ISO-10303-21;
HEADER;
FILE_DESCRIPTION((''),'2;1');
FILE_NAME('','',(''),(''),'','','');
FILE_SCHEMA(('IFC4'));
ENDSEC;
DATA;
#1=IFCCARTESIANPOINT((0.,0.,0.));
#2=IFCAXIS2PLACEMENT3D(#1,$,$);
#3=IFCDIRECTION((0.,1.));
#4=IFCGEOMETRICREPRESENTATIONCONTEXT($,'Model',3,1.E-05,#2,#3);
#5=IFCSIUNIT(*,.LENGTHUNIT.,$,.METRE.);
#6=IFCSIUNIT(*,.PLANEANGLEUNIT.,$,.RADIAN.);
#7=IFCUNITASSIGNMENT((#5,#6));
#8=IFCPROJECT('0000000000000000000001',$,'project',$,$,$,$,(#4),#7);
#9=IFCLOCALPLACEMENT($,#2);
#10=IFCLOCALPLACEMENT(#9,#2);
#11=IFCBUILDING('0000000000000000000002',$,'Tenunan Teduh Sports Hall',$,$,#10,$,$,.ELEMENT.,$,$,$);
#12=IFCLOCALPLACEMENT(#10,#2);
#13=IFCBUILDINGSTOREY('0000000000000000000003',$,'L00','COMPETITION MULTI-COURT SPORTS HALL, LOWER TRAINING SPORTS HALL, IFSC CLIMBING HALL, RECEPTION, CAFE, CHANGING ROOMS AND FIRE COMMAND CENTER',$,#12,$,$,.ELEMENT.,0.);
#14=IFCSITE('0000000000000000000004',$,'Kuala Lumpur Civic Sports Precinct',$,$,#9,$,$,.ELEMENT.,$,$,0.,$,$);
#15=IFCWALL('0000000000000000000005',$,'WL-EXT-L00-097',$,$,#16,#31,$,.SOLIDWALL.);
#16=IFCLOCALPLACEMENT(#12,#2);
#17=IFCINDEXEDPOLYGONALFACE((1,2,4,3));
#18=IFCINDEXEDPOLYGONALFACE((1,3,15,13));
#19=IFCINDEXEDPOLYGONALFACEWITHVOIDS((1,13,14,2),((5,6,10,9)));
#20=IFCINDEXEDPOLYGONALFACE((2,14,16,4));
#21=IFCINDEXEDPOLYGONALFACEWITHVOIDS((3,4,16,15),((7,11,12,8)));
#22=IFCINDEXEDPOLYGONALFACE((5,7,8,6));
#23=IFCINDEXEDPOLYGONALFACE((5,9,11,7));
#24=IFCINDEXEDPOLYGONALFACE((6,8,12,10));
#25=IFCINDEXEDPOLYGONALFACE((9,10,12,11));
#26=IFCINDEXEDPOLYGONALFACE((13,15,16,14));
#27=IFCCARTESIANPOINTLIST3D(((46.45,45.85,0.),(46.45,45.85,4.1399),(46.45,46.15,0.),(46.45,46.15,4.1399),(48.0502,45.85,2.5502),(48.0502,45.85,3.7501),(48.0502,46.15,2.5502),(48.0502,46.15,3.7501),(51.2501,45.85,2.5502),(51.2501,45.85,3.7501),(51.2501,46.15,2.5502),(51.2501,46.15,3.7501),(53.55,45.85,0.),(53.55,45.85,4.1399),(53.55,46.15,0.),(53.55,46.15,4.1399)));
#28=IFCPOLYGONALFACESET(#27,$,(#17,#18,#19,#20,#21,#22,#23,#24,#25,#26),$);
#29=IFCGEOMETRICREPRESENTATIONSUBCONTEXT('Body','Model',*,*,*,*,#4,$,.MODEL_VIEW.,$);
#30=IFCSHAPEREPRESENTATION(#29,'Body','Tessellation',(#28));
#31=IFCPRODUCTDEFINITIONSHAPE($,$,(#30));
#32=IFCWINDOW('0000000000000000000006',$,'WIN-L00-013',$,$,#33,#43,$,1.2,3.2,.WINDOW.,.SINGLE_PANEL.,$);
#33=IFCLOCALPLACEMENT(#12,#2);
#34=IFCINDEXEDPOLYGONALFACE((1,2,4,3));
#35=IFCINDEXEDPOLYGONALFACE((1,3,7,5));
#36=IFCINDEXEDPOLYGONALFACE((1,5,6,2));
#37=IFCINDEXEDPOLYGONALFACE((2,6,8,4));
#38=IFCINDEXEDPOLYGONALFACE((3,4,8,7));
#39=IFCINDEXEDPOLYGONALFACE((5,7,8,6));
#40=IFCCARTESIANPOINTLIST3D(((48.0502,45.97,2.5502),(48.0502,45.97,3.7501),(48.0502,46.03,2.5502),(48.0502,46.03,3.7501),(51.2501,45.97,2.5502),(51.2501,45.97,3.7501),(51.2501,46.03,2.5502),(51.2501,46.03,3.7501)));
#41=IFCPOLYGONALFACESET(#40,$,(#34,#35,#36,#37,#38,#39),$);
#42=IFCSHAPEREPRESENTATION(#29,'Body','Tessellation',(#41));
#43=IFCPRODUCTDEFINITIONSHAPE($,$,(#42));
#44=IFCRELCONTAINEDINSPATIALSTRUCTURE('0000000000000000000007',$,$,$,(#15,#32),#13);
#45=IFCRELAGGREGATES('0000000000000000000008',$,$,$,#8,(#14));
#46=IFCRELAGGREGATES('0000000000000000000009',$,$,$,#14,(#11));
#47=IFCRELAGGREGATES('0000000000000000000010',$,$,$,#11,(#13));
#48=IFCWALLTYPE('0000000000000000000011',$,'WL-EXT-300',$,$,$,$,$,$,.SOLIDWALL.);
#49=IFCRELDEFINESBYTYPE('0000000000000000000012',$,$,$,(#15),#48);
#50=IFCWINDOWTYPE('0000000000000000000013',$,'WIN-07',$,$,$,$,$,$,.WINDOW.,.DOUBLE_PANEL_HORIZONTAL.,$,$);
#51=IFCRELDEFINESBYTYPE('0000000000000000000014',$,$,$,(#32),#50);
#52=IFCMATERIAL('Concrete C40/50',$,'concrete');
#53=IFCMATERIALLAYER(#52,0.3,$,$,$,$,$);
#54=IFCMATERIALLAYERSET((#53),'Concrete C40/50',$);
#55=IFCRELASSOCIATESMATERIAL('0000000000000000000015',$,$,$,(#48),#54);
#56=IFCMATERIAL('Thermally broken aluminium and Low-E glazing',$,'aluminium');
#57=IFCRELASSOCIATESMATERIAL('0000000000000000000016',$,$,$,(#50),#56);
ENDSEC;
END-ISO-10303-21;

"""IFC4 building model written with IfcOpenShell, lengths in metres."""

from ifc_helpers import new_model, si_unit, direction, frame, frame_2d, origin, place, context, subcontext, project, spatial, rectangle, extrude, material, layer, layer_set, type_object, element, fill, save


model = new_model("IFC4")

# Units and contexts
model_context = context("Model", 3, precision=1e-05, world=origin(), true_north=direction((0.0, 1.0)))
body_context = subcontext(model_context, "Body", "Model", "MODEL_VIEW")
ifc_project = project(units=[si_unit("LENGTHUNIT", "METRE"), si_unit("PLANEANGLEUNIT", "RADIAN")], contexts=[model_context])

# Site, building, storey
site_placement = place(None, origin())
site = spatial("IfcSite", under=ifc_project, at=site_placement, Name="Kuala Lumpur Civic Sports Precinct", CompositionType="ELEMENT", RefElevation=0.0)
building_placement = place(site_placement, origin())
building = spatial("IfcBuilding", under=site, at=building_placement, Name="Tenunan Teduh Sports Hall", CompositionType="ELEMENT")
storey_placement = place(building_placement, origin())
storey = spatial("IfcBuildingStorey", under=building, at=storey_placement, Name="L00", Description="COMPETITION MULTI-COURT SPORTS HALL, LOWER TRAINING SPORTS HALL, IFSC CLIMBING HALL, RECEPTION, CAFE, CHANGING ROOMS AND FIRE COMMAND CENTER", CompositionType="ELEMENT", Elevation=0.0)

# Wall, opening, window
ifc_material_1 = material(Name="Concrete C40/50", Category="concrete")
ifc_layer_1 = layer(ifc_material_1, 0.3)
ifc_layer_set_1 = layer_set([ifc_layer_1], Name="Concrete C40/50")
wall_type = type_object("IfcWallType", Name="WL-EXT-300", PredefinedType="SOLIDWALL", material=ifc_layer_set_1)
wall_placement = place(storey_placement, frame((46.45, 46.0, 0.0), z_axis=(0.0, 0.0, 1.0), x_axis=(1.0, 0.0, 0.0)))
wall = element("IfcWall", 1, at=wall_placement, inside=storey, type_object=wall_type, Name="WL-EXT-L00-097", PredefinedType="SOLIDWALL", context=body_context, shape_type="SweptSolid", body=[
    extrude(rectangle(XDim=7.1001, YDim=0.3, at=frame_2d((3.55, 0.0))), origin(), (0.0, 0.0, 1.0), 4.1399),
])
opening_placement = place(wall_placement, frame((1.6001, 0.0, 2.55)))
opening = element("IfcOpeningElement", 2, at=opening_placement, cuts=wall, PredefinedType="OPENING", context=body_context, shape_type="SweptSolid", body=[
    extrude(rectangle(XDim=3.2, YDim=1.2, at=frame_2d((1.6001, 0.6001))), frame((0.0, 0.1599, 0.0), z_axis=(0.0, -1.0, 0.0), x_axis=(1.0, 0.0, 0.0)), (0.0, 0.0, 1.0), 0.3201),
])
ifc_material_2 = material(Name="Thermally broken aluminium and Low-E glazing", Category="aluminium")
window_type = type_object("IfcWindowType", Name="WIN-07", PartitioningType="DOUBLE_PANEL_HORIZONTAL", PredefinedType="WINDOW", material=ifc_material_2)
window_placement = place(opening_placement, origin())
window = element("IfcWindow", 3, at=window_placement, inside=storey, type_object=window_type, Name="WIN-L00-013", OverallHeight=1.2, OverallWidth=3.2, PartitioningType="SINGLE_PANEL", PredefinedType="WINDOW", context=body_context, shape_type="SweptSolid", body=[
    extrude(rectangle(XDim=3.2, YDim=1.2, at=frame_2d((1.6001, 0.6001))), frame((0.0, 0.03, 0.0), z_axis=(0.0, -1.0, 0.0), x_axis=(1.0, 0.0, 0.0)), (0.0, 0.0, 1.0), 0.0601),
])
fill(opening, window)

save(model, "model.ifc")
